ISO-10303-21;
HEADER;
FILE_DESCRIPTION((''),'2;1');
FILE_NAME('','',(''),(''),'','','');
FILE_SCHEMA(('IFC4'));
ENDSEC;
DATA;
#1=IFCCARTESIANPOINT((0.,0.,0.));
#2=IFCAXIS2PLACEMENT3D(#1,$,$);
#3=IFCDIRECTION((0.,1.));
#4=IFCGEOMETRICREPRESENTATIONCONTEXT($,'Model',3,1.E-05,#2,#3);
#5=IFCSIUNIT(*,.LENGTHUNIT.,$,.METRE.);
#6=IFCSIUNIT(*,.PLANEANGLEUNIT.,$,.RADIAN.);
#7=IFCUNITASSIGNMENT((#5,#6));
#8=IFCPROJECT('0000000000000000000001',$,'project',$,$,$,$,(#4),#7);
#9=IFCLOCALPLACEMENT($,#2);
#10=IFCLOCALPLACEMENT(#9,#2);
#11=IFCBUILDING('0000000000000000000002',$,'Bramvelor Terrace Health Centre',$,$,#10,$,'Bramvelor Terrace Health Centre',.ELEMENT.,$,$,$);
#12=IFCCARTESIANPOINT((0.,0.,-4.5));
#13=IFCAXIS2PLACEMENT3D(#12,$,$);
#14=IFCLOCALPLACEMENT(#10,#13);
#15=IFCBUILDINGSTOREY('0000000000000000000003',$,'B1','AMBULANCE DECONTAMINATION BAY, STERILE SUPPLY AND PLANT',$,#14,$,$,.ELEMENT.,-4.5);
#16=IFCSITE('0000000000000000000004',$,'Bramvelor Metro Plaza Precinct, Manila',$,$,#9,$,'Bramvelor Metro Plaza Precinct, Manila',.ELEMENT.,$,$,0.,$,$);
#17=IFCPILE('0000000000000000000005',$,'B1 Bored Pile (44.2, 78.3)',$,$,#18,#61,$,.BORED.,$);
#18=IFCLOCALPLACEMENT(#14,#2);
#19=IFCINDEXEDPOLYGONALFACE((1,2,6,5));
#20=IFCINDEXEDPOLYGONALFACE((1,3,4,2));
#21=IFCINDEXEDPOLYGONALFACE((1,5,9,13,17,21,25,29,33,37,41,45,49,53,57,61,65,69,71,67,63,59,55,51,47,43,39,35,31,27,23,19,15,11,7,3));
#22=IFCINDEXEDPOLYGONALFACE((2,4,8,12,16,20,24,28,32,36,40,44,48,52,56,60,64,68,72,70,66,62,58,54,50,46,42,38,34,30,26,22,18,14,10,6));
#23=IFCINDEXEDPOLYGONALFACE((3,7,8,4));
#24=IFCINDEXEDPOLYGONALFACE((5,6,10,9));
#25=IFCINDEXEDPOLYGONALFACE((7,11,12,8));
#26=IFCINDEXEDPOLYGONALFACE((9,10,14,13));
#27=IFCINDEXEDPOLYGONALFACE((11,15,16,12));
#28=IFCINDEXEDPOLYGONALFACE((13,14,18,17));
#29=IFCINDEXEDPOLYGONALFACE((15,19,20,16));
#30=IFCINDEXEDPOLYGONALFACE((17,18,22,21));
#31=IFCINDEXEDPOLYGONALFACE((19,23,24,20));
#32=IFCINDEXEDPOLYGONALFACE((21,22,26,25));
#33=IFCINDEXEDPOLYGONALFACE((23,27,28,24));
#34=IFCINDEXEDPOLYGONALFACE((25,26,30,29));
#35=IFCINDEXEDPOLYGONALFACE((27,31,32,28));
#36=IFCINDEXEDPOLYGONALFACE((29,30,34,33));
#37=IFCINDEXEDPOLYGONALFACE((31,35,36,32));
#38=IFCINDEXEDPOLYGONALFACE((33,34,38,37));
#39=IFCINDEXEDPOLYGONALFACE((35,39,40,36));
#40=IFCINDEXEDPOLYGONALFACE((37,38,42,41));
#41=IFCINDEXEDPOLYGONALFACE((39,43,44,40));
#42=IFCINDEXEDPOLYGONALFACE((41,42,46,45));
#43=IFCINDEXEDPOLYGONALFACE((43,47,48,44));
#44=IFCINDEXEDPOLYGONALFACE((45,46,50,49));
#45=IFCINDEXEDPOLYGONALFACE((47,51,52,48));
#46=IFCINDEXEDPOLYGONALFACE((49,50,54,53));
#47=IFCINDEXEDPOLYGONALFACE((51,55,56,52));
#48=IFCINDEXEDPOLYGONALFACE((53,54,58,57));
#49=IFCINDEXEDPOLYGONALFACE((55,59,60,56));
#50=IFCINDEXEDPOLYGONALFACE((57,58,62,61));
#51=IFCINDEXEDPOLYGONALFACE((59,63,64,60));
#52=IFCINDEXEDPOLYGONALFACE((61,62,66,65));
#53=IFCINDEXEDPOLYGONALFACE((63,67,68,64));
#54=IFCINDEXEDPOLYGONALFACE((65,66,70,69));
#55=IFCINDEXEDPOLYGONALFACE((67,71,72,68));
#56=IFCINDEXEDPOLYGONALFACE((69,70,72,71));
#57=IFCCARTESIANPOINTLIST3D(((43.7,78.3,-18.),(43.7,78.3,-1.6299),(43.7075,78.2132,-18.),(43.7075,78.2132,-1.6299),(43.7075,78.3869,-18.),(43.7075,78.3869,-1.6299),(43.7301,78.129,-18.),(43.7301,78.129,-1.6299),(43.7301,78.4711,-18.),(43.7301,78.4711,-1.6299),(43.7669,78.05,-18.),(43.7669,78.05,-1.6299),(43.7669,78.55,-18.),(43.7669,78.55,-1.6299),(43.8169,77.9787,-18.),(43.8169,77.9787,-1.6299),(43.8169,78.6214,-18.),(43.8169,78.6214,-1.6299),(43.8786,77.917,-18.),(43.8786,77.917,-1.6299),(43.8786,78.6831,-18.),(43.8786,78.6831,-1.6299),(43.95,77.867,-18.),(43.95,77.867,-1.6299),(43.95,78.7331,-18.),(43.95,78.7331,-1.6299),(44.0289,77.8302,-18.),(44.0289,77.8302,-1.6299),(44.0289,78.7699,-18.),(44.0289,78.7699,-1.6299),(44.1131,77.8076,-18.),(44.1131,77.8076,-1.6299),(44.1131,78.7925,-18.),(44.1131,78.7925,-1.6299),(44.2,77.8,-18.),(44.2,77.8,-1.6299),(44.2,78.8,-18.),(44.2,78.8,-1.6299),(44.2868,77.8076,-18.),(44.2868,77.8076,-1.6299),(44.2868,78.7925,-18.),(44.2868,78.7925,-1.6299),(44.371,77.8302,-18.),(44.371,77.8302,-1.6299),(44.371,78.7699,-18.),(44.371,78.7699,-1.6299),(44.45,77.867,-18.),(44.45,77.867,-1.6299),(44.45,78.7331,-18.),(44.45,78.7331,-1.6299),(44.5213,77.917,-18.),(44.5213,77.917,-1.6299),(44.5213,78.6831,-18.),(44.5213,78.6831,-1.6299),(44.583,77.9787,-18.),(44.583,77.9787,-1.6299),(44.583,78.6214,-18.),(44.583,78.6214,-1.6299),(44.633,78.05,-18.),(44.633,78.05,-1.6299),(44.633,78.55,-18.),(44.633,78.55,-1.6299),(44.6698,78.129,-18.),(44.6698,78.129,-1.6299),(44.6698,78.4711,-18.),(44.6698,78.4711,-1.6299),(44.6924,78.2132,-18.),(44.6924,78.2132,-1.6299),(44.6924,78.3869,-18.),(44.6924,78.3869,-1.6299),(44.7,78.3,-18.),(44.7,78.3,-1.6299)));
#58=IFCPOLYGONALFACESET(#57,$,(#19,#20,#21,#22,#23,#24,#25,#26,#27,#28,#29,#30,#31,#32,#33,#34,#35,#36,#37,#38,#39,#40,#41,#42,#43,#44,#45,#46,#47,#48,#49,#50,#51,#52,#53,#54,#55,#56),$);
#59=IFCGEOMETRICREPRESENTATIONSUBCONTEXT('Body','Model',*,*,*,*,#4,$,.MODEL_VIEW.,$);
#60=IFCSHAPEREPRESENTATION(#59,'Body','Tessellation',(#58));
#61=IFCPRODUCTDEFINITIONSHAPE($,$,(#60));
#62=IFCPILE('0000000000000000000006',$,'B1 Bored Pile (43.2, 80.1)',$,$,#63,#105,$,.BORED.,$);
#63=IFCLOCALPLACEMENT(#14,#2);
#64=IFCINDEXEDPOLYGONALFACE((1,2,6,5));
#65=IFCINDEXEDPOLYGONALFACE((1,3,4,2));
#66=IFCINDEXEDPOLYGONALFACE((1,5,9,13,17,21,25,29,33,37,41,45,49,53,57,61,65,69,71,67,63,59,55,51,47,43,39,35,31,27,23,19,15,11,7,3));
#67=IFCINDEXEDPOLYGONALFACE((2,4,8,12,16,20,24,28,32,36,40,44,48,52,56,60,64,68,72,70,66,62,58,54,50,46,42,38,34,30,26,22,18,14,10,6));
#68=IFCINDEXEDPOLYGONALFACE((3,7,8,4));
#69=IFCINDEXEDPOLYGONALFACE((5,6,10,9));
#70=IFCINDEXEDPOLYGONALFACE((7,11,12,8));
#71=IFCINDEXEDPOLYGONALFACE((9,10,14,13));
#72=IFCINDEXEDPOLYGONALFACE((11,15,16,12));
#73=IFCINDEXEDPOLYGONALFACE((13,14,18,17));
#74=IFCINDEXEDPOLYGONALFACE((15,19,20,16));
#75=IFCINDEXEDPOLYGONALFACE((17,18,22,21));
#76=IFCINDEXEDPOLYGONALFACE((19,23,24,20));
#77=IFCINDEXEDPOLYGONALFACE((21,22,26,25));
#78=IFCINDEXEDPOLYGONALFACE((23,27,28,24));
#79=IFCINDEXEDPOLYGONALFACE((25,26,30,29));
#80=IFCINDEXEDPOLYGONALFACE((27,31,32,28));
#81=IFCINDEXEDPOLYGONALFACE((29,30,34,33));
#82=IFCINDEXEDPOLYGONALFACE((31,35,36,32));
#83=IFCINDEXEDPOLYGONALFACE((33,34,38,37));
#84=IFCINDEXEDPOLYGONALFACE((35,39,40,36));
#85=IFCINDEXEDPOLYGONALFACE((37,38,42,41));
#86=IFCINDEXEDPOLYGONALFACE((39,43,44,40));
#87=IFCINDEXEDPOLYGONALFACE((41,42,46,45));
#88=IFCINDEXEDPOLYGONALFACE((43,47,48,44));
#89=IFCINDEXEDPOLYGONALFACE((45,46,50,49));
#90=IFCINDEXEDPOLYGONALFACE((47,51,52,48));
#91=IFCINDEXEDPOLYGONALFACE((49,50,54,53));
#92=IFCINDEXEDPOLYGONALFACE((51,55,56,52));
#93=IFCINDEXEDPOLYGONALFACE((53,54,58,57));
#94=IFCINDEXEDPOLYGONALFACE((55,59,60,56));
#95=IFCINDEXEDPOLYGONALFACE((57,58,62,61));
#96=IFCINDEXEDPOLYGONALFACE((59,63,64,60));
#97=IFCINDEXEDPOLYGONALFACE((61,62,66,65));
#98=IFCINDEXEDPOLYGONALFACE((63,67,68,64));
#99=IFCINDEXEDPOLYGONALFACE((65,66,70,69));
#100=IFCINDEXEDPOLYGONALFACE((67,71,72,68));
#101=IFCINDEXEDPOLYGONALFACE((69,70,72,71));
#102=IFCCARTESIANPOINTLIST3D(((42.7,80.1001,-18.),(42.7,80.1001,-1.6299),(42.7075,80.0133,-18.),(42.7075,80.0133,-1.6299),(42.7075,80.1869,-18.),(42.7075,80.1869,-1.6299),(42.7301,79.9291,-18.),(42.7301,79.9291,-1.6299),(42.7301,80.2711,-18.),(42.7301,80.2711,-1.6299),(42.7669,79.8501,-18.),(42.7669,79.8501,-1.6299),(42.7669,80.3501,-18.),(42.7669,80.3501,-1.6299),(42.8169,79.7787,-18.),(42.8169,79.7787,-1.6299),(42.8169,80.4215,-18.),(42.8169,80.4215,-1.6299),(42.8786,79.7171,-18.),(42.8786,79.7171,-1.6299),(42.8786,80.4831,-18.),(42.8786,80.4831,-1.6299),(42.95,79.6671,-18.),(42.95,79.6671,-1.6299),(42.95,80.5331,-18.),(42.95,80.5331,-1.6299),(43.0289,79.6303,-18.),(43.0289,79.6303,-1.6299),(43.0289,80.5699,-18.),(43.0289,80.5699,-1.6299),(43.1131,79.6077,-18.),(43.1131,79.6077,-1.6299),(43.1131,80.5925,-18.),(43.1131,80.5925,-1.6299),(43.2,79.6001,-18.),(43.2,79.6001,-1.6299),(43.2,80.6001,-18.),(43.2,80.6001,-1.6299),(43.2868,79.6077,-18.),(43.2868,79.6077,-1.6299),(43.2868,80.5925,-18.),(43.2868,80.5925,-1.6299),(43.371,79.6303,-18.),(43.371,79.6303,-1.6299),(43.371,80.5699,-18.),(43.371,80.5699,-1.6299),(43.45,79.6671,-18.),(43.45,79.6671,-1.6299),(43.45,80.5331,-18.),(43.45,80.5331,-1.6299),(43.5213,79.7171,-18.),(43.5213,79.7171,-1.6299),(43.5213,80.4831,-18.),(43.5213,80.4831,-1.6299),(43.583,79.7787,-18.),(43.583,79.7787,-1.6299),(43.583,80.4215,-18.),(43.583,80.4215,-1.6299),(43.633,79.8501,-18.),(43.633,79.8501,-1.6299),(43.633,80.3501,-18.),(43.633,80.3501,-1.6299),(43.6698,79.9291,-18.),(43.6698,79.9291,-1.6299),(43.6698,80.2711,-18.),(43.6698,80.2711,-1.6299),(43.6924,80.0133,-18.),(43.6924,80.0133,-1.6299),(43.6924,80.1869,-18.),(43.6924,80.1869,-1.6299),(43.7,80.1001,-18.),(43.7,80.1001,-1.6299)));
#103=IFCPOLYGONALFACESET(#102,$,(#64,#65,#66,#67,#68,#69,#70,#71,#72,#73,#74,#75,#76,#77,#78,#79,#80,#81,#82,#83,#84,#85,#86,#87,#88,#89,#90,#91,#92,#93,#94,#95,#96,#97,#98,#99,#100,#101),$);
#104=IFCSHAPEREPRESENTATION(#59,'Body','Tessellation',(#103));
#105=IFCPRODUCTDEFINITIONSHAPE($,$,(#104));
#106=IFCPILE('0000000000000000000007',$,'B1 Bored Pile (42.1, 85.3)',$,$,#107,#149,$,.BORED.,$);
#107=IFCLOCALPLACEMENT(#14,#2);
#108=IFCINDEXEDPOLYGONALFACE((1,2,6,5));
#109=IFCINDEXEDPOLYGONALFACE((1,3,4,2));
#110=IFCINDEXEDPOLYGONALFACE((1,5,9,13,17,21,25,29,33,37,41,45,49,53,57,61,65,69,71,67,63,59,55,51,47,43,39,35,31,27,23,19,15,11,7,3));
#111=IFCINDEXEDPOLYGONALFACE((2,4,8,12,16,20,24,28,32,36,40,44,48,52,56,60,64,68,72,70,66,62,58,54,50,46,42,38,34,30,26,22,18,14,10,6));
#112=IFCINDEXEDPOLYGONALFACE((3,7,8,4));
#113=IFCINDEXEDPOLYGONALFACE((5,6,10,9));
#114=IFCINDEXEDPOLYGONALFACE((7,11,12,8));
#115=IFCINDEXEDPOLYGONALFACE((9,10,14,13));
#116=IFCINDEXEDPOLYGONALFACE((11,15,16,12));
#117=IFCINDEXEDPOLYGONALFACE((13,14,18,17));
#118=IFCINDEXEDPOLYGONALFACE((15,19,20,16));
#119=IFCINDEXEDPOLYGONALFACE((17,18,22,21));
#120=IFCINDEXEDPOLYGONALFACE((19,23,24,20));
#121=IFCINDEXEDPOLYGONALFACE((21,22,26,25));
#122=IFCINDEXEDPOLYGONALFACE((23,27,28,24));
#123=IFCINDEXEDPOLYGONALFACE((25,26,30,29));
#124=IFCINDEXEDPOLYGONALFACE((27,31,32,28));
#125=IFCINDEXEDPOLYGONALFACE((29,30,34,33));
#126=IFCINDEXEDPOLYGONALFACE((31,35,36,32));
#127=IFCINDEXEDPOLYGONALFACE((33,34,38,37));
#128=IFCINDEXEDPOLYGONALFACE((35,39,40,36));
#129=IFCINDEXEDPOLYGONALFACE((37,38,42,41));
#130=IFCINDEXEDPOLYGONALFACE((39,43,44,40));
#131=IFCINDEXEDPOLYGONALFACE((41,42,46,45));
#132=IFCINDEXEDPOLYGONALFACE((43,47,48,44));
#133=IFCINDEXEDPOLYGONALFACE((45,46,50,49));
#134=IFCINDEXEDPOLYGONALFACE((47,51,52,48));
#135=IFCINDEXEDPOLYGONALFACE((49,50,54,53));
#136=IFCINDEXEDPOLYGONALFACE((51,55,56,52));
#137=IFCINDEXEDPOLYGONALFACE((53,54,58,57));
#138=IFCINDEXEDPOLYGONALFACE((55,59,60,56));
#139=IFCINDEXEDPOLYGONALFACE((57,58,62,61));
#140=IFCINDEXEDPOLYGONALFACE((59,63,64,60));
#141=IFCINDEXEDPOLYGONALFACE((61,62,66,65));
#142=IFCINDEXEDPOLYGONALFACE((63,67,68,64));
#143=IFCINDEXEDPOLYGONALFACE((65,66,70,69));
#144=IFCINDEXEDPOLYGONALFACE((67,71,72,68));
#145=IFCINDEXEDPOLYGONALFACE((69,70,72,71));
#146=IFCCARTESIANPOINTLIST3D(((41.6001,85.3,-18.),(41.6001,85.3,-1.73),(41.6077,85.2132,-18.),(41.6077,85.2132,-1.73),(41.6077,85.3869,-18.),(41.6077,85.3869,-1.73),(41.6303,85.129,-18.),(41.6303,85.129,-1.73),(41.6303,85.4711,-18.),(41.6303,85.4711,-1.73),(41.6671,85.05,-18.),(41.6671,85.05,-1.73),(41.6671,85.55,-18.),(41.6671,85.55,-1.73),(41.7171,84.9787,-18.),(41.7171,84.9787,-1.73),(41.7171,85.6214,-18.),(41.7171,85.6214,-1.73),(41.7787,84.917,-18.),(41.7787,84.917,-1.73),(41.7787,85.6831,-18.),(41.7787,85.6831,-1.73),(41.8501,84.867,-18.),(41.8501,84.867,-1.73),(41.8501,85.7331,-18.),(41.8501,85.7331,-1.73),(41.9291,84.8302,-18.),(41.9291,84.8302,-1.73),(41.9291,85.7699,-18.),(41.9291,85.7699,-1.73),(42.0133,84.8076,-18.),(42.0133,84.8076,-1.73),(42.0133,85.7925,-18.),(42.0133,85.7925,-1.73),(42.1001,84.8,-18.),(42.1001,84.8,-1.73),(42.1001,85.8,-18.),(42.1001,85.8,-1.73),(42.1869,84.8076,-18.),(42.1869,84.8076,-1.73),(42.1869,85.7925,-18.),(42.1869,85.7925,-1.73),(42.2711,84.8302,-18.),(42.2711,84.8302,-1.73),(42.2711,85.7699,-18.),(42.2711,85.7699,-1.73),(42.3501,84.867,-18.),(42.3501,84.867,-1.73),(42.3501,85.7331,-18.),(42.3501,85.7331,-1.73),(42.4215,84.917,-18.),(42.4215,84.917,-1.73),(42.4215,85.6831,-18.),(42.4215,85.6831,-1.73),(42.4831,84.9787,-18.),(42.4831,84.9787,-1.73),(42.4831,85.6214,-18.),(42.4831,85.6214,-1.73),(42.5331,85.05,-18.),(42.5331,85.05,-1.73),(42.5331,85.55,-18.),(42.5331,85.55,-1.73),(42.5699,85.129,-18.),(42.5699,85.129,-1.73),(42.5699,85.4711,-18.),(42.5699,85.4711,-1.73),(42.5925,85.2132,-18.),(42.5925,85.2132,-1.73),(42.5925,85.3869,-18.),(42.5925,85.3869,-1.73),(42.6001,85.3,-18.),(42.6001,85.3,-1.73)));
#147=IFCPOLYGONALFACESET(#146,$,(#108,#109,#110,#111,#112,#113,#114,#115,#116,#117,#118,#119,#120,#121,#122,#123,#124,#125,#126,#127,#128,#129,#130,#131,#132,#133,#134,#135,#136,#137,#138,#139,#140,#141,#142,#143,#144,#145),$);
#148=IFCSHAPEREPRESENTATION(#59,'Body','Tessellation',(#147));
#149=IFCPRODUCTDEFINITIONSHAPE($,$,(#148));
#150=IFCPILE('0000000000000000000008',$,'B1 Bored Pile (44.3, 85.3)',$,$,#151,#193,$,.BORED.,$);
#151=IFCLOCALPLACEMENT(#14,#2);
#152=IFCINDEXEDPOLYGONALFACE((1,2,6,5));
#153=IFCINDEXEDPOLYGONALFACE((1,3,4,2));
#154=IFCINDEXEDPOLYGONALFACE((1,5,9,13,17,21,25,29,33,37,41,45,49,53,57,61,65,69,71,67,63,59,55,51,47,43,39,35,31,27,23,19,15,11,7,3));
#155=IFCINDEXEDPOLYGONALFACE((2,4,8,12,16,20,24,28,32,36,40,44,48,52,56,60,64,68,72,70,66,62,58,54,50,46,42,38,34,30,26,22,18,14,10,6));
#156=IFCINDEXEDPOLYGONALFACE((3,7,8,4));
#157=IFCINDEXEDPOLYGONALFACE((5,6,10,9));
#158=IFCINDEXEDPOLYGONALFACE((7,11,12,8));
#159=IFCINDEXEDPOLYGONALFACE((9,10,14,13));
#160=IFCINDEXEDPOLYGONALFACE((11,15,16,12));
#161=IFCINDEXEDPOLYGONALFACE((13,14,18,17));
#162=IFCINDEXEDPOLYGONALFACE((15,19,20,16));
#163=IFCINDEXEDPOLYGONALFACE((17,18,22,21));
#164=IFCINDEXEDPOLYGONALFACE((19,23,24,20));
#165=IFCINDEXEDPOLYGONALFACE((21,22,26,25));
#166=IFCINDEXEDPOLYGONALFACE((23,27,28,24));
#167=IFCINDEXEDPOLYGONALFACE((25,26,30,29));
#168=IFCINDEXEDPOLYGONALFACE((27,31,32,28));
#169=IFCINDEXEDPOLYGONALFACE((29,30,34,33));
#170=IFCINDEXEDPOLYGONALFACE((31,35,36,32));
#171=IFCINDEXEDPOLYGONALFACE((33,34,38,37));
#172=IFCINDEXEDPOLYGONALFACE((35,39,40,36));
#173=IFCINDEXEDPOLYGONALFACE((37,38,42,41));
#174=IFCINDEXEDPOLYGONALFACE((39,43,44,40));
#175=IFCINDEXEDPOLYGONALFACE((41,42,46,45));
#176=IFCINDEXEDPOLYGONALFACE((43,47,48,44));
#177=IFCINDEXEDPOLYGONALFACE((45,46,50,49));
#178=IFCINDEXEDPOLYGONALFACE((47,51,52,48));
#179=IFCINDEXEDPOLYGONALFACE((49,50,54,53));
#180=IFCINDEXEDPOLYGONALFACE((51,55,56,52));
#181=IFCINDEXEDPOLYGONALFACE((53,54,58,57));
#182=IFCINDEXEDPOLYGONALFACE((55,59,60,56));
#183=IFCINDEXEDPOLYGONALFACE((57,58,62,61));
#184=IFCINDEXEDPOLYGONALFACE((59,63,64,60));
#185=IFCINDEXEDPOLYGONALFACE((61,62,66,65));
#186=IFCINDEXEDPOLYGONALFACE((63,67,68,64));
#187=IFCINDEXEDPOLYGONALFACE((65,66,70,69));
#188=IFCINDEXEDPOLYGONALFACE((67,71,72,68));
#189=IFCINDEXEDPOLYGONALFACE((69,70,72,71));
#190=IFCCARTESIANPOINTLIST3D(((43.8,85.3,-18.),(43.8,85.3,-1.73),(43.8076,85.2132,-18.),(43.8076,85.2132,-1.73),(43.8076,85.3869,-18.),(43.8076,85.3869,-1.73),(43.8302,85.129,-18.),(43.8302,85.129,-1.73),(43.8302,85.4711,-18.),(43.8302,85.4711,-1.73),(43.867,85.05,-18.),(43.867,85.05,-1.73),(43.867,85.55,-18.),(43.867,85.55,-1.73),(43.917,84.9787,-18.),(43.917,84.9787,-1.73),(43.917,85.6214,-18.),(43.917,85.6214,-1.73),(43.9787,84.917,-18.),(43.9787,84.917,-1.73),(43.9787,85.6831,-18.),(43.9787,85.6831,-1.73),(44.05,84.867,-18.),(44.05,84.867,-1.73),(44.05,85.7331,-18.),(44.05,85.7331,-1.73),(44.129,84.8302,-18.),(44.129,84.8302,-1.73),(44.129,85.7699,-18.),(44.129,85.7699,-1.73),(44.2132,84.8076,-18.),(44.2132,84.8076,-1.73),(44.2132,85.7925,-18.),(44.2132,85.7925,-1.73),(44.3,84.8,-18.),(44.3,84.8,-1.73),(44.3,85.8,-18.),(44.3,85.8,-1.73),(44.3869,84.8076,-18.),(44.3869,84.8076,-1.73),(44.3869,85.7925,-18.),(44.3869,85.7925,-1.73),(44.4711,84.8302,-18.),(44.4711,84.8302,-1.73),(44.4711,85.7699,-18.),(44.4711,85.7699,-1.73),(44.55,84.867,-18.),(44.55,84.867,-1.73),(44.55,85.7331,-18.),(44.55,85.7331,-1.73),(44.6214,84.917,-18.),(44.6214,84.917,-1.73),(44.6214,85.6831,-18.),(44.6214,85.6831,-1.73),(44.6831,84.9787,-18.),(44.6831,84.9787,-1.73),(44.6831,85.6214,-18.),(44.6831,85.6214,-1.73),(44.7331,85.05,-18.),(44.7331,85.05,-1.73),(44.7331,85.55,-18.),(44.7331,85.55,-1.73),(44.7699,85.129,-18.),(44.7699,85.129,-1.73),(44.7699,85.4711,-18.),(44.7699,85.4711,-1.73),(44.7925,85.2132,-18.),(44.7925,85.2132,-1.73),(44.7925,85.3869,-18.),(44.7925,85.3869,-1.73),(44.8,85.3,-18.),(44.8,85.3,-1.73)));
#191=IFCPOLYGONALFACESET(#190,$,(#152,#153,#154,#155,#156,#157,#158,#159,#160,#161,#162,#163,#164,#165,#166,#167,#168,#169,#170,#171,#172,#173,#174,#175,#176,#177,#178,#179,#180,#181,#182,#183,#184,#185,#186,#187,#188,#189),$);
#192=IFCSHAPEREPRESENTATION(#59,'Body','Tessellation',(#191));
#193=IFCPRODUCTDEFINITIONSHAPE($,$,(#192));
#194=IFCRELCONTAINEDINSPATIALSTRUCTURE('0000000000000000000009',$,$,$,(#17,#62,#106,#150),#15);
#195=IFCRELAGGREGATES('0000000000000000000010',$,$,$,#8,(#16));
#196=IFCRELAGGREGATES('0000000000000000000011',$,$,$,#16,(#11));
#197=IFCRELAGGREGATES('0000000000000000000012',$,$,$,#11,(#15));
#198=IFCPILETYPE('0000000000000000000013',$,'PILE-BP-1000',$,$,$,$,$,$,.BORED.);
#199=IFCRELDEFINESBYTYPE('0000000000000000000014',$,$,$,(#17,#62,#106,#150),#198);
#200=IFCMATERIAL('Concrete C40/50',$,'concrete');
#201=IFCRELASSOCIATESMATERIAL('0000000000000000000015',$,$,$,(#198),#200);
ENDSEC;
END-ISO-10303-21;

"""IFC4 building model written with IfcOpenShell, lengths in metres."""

from ifc_helpers import new_model, si_unit, direction, frame, origin, origin_2d, place, context, subcontext, project, spatial, circle, extrude, material, material_profile, profile_set, type_object, element, save


model = new_model("IFC4")

# Units and contexts
model_context = context("Model", 3, precision=1e-05, world=origin(), true_north=direction((0.0, 1.0)))
body_context = subcontext(model_context, "Body", "Model", "MODEL_VIEW")
ifc_project = project(units=[si_unit("LENGTHUNIT", "METRE"), si_unit("PLANEANGLEUNIT", "RADIAN")], contexts=[model_context])

# Site, building, storey
site_placement = place(None, origin())
site = spatial("IfcSite", under=ifc_project, at=site_placement, Name="Bramvelor Metro Plaza Precinct, Manila", LongName="Bramvelor Metro Plaza Precinct, Manila", CompositionType="ELEMENT", RefElevation=0.0)
building_placement = place(site_placement, origin())
building = spatial("IfcBuilding", under=site, at=building_placement, Name="Bramvelor Terrace Health Centre", LongName="Bramvelor Terrace Health Centre", CompositionType="ELEMENT")
storey_placement = place(building_placement, frame((0.0, 0.0, -4.5)))
storey = spatial("IfcBuildingStorey", under=building, at=storey_placement, Name="B1", Description="AMBULANCE DECONTAMINATION BAY, STERILE SUPPLY AND PLANT", CompositionType="ELEMENT", Elevation=-4.5)

# Piles
ifc_material_1 = material(Name="Concrete C40/50", Category="concrete")
ifc_material_profile_1 = material_profile(ifc_material_1, circle(Radius=0.5, at=origin_2d()), Name="BP D1000")
ifc_profile_set_1 = profile_set([ifc_material_profile_1], Name="Concrete C40/50")
pile_type_1 = type_object("IfcPileType", Name="PILE-BP-1000", PredefinedType="BORED", material=ifc_profile_set_1)
for number, where, z_axis, x_axis, name in (
    (1, (44.2, 78.3, -1.6299), (0.0, 0.0, -1.0), (1.0, 0.0, 0.0), "B1 Bored Pile (44.2, 78.3)"),
    (2, (43.2, 80.1001, -1.6299), (0.0, 0.0, -1.0), (1.0, 0.0, 0.0), "B1 Bored Pile (43.2, 80.1)"),
):
    element("IfcPile", number, at=place(storey_placement, frame(where, z_axis=z_axis, x_axis=x_axis)), inside=storey, type_object=pile_type_1, Name=name, PredefinedType="BORED", context=body_context, shape_type="SweptSolid", body=[
        extrude(circle(Radius=0.5, at=origin_2d()), origin(), (0.0, 0.0, 1.0), 16.3701),
    ])
for number, where, z_axis, x_axis, name in (
    (3, (42.1001, 85.3, -1.73), (0.0, 0.0, -1.0), (1.0, 0.0, 0.0), "B1 Bored Pile (42.1, 85.3)"),
    (4, (44.3, 85.3, -1.73), (0.0, 0.0, -1.0), (1.0, 0.0, 0.0), "B1 Bored Pile (44.3, 85.3)"),
):
    element("IfcPile", number, at=place(storey_placement, frame(where, z_axis=z_axis, x_axis=x_axis)), inside=storey, type_object=pile_type_1, Name=name, PredefinedType="BORED", context=body_context, shape_type="SweptSolid", body=[
        extrude(circle(Radius=0.5, at=origin_2d()), origin(), (0.0, 0.0, 1.0), 16.27),
    ])

save(model, "model.ifc")
